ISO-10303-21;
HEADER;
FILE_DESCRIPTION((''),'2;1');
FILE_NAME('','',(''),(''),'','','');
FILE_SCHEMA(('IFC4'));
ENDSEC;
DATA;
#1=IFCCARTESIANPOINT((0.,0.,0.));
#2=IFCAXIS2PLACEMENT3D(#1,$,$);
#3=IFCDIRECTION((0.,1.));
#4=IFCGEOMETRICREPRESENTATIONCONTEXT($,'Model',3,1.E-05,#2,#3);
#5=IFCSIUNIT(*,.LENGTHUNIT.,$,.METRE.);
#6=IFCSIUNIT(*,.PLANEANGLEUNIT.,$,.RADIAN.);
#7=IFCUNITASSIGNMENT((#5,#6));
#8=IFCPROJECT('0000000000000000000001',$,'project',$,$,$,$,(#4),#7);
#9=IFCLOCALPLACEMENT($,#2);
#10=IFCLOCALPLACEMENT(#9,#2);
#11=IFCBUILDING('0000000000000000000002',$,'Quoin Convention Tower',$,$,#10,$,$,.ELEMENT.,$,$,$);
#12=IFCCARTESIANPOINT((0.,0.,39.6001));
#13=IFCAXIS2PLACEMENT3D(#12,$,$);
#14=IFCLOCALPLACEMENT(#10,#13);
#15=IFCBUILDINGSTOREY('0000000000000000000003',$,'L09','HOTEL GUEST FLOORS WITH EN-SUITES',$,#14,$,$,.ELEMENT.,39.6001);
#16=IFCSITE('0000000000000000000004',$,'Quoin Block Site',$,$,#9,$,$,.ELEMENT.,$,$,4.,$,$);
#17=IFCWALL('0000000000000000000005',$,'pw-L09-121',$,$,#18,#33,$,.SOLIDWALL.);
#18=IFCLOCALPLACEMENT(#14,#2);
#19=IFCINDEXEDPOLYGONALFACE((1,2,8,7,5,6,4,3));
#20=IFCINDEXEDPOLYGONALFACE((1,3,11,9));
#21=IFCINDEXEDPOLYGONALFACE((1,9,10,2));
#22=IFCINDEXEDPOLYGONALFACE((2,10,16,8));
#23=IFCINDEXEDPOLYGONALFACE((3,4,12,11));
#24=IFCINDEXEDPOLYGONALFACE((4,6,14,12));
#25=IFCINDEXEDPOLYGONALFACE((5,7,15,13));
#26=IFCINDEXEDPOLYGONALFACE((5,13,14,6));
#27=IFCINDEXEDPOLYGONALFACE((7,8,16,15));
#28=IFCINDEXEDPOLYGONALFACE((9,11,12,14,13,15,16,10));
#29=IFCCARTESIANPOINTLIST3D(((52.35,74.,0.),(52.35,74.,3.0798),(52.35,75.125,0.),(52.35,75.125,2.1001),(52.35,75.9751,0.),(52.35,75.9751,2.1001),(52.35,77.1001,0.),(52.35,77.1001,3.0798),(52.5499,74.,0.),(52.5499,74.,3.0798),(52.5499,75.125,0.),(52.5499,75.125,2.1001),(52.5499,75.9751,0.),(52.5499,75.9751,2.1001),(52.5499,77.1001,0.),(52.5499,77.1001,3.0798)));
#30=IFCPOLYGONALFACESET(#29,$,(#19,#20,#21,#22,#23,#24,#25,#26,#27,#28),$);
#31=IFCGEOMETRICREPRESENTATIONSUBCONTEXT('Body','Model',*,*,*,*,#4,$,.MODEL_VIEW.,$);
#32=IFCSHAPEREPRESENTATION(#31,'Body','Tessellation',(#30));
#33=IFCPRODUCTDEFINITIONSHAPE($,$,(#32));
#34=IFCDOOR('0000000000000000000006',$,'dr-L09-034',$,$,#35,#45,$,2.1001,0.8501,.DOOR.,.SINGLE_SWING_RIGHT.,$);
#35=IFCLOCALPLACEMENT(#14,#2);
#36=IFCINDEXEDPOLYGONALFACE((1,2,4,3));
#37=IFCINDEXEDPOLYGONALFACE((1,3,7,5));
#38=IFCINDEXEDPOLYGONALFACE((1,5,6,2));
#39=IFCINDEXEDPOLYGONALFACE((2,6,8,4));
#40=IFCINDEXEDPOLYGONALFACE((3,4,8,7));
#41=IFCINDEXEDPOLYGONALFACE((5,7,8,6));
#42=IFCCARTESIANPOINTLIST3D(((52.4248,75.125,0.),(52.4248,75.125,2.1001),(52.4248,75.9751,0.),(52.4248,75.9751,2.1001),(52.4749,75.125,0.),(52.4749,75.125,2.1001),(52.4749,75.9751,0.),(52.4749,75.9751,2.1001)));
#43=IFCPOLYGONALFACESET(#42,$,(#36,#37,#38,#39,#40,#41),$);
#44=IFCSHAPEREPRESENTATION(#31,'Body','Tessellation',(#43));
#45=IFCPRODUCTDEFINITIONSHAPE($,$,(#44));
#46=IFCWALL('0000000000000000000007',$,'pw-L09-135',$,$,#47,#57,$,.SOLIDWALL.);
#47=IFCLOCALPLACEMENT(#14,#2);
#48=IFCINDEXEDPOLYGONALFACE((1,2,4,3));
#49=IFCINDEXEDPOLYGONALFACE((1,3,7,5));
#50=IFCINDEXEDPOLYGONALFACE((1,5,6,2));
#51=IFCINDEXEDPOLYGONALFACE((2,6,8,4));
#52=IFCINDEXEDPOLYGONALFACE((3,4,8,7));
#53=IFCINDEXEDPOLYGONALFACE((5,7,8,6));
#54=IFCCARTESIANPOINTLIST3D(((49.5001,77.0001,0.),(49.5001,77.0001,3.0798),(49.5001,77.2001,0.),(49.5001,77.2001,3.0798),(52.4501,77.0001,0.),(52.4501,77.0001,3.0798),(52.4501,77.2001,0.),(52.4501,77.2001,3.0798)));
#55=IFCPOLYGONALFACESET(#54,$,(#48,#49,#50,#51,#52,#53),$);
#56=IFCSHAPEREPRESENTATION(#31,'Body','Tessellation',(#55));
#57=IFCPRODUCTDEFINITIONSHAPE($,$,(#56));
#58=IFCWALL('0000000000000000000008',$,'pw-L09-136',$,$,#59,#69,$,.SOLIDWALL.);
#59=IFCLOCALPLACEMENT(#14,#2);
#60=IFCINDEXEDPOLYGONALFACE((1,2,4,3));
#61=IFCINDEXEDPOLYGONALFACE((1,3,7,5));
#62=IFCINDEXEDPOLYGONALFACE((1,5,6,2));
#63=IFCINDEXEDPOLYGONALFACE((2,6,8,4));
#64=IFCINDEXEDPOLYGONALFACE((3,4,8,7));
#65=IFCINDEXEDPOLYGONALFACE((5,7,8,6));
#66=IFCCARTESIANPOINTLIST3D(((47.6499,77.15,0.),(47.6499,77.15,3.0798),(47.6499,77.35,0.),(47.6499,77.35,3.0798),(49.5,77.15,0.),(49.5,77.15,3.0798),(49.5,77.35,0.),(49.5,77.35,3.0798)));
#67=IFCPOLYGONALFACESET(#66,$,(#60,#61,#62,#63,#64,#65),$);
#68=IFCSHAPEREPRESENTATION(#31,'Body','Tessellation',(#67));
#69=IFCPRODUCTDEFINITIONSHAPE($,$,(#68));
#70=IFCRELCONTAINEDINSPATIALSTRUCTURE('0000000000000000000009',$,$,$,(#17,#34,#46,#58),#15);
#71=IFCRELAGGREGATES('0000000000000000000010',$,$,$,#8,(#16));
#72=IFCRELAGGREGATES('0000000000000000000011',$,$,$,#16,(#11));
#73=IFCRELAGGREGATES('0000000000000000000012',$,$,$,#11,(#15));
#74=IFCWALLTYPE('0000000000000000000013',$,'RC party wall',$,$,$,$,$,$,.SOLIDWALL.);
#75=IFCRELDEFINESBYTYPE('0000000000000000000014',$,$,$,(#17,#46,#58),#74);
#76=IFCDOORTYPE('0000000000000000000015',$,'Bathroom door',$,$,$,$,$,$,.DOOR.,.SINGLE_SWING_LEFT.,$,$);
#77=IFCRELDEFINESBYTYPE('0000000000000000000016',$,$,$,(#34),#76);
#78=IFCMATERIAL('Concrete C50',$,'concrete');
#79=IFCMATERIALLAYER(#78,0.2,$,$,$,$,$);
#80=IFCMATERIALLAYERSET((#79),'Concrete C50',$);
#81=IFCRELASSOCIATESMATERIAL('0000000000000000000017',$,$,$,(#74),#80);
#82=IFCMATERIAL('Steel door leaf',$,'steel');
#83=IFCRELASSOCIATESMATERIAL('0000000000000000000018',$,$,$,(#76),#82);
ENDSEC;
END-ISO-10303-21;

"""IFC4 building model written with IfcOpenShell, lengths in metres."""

from ifc_helpers import new_model, si_unit, direction, frame, frame_2d, origin, place, context, subcontext, project, spatial, rectangle, extrude, material, layer, layer_set, type_object, element, fill, save


model = new_model("IFC4")

# Units and contexts
model_context = context("Model", 3, precision=1e-05, world=origin(), true_north=direction((0.0, 1.0)))
body_context = subcontext(model_context, "Body", "Model", "MODEL_VIEW")
ifc_project = project(units=[si_unit("LENGTHUNIT", "METRE"), si_unit("PLANEANGLEUNIT", "RADIAN")], contexts=[model_context])

# Site, building, storey
site_placement = place(None, origin())
site = spatial("IfcSite", under=ifc_project, at=site_placement, Name="Quoin Block Site", CompositionType="ELEMENT", RefElevation=4.0)
building_placement = place(site_placement, origin())
building = spatial("IfcBuilding", under=site, at=building_placement, Name="Quoin Convention Tower", CompositionType="ELEMENT")
storey_placement = place(building_placement, frame((0.0, 0.0, 39.6001)))
storey = spatial("IfcBuildingStorey", under=building, at=storey_placement, Name="L09", Description="HOTEL GUEST FLOORS WITH EN-SUITES", CompositionType="ELEMENT", Elevation=39.6001)

# Shared definitions
ifc_material_1 = material(Name="Steel door leaf", Category="steel")

# Shared definitions
ifc_material_2 = material(Name="Concrete C50", Category="concrete")

# Shared definitions
ifc_layer_1 = layer(ifc_material_2, 0.2)
ifc_layer_set_1 = layer_set([ifc_layer_1], Name="Concrete C50")
wall_type_1 = type_object("IfcWallType", Name="RC party wall", PredefinedType="SOLIDWALL", material=ifc_layer_set_1)
door_type_1 = type_object("IfcDoorType", Name="Bathroom door", OperationType="SINGLE_SWING_LEFT", PredefinedType="DOOR", material=ifc_material_1)

# Wall, opening, door
wall_1_placement = place(storey_placement, frame((52.45, 74.0, 0.0), z_axis=(0.0, 0.0, 1.0), x_axis=(0.0, 1.0, 0.0)))
wall_1 = element("IfcWall", 1, at=wall_1_placement, inside=storey, type_object=wall_type_1, Name="pw-L09-121", PredefinedType="SOLIDWALL", context=body_context, shape_type="SweptSolid", body=[
    extrude(rectangle(XDim=3.1001, YDim=0.2, at=frame_2d((1.55, 0.0))), origin(), (0.0, 0.0, 1.0), 3.0798),
])
opening_1_placement = place(wall_1_placement, frame((1.125, 0.0, 0.0)))
opening_1 = element("IfcOpeningElement", 2, at=opening_1_placement, cuts=wall_1, PredefinedType="OPENING", context=body_context, shape_type="SweptSolid", body=[
    extrude(rectangle(XDim=0.8501, YDim=2.1001, at=frame_2d((0.425, 1.05))), frame((0.0, 0.1099, 0.0), z_axis=(0.0, -1.0, 0.0), x_axis=(1.0, 0.0, 0.0)), (0.0, 0.0, 1.0), 0.22),
])
door_1_placement = place(opening_1_placement, frame((0.8501, 0.0, 0.0), z_axis=(0.0, 0.0, 1.0), x_axis=(-1.0, 0.0, 0.0)))
door_1 = element("IfcDoor", 3, at=door_1_placement, inside=storey, type_object=door_type_1, Name="dr-L09-034", OperationType="SINGLE_SWING_RIGHT", OverallHeight=2.1001, OverallWidth=0.8501, PredefinedType="DOOR", context=body_context, shape_type="SweptSolid", body=[
    extrude(rectangle(XDim=0.8501, YDim=2.1001, at=frame_2d((0.425, 1.05))), frame((0.0, 0.0249, 0.0), z_axis=(0.0, -1.0, 0.0), x_axis=(1.0, 0.0, 0.0)), (0.0, 0.0, 1.0), 0.05),
])
fill(opening_1, door_1)

# Walls
wall_2_placement = place(storey_placement, frame((49.5, 77.1001, 0.0), z_axis=(0.0, 0.0, 1.0), x_axis=(1.0, 0.0, 0.0)))
element("IfcWall", 4, at=wall_2_placement, inside=storey, type_object=wall_type_1, Name="pw-L09-135", PredefinedType="SOLIDWALL", context=body_context, shape_type="SweptSolid", body=[
    extrude(rectangle(XDim=2.95, YDim=0.2, at=frame_2d((1.4751, 0.0))), origin(), (0.0, 0.0, 1.0), 3.0798),
])
wall_3_placement = place(storey_placement, frame((47.6499, 77.25, 0.0), z_axis=(0.0, 0.0, 1.0), x_axis=(1.0, 0.0, 0.0)))
element("IfcWall", 5, at=wall_3_placement, inside=storey, type_object=wall_type_1, Name="pw-L09-136", PredefinedType="SOLIDWALL", context=body_context, shape_type="SweptSolid", body=[
    extrude(rectangle(XDim=1.8501, YDim=0.2, at=frame_2d((0.925, 0.0))), origin(), (0.0, 0.0, 1.0), 3.0798),
])

save(model, "model.ifc")
